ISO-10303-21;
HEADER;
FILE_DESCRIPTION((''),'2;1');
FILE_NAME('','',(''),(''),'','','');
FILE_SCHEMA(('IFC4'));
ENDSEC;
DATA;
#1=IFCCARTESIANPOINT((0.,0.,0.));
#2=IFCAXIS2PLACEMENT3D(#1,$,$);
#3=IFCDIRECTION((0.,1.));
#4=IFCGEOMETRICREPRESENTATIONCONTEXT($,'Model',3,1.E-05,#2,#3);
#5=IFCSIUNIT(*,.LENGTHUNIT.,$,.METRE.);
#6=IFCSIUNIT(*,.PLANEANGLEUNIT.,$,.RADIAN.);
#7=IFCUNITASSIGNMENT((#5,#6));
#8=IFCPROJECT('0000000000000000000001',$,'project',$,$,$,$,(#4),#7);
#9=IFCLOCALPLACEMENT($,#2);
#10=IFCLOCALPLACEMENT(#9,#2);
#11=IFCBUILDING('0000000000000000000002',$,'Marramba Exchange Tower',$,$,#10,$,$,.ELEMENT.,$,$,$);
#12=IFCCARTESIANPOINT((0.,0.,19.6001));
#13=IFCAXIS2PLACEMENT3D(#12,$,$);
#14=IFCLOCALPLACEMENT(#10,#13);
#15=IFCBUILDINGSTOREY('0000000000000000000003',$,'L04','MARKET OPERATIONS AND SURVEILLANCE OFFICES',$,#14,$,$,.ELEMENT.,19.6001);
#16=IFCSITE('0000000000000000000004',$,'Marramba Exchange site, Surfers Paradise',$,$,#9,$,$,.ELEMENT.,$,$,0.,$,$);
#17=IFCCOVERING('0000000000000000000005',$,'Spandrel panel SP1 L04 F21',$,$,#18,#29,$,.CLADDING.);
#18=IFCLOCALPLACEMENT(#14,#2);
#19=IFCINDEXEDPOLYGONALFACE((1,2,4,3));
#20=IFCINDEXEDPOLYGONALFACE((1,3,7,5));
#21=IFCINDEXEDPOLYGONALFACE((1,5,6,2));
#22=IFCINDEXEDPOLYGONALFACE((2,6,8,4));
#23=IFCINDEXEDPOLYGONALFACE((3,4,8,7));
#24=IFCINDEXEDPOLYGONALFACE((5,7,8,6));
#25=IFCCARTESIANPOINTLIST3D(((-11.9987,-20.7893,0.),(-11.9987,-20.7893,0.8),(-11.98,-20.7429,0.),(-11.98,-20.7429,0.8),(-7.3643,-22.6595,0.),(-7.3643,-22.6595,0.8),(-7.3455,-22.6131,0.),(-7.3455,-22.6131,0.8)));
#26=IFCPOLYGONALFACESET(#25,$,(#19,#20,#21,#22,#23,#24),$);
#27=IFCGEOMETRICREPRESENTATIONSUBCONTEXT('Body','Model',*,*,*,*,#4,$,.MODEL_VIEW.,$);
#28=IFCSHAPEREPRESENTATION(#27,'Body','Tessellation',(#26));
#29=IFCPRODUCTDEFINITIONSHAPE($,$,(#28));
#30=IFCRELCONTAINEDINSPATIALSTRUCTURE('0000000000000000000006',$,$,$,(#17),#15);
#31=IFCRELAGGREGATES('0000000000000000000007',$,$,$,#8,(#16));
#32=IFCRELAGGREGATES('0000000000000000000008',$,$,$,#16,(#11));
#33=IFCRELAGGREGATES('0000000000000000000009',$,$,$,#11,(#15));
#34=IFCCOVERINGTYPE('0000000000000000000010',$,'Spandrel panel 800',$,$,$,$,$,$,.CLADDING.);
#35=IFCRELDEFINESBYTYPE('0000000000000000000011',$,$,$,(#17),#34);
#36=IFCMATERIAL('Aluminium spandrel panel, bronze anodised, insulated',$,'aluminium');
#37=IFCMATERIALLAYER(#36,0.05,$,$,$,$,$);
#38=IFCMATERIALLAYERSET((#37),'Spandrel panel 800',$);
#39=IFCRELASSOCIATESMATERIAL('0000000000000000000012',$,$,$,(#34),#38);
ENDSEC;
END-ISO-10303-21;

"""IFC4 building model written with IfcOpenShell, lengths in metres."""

from ifc_helpers import new_model, si_unit, direction, frame, origin, origin_2d, place, context, subcontext, project, spatial, rectangle, extrude, material, layer, layer_set, type_object, element, save


model = new_model("IFC4")

# Units and contexts
model_context = context("Model", 3, precision=1e-05, world=origin(), true_north=direction((0.0, 1.0)))
body_context = subcontext(model_context, "Body", "Model", "MODEL_VIEW")
ifc_project = project(units=[si_unit("LENGTHUNIT", "METRE"), si_unit("PLANEANGLEUNIT", "RADIAN")], contexts=[model_context])

# Site, building, storey
site_placement = place(None, origin())
site = spatial("IfcSite", under=ifc_project, at=site_placement, Name="Marramba Exchange site, Surfers Paradise", CompositionType="ELEMENT", RefElevation=0.0)
building_placement = place(site_placement, origin())
building = spatial("IfcBuilding", under=site, at=building_placement, Name="Marramba Exchange Tower", CompositionType="ELEMENT")
storey_placement = place(building_placement, frame((0.0, 0.0, 19.6001)))
storey = spatial("IfcBuildingStorey", under=building, at=storey_placement, Name="L04", Description="MARKET OPERATIONS AND SURVEILLANCE OFFICES", CompositionType="ELEMENT", Elevation=19.6001)

# Covering
ifc_material_1 = material(Name="Aluminium spandrel panel, bronze anodised, insulated", Category="aluminium")
ifc_layer_1 = layer(ifc_material_1, 0.05)
ifc_layer_set_1 = layer_set([ifc_layer_1], Name="Spandrel panel 800")
covering_type = type_object("IfcCoveringType", Name="Spandrel panel 800", PredefinedType="CLADDING", material=ifc_layer_set_1)
covering_placement = place(storey_placement, frame((-9.6721, -21.7012, 0.0), z_axis=(0.0, 0.0, 1.0), x_axis=(0.927341, -0.374218, 0.0)))
element("IfcCovering", 1, at=covering_placement, inside=storey, type_object=covering_type, Name="Spandrel panel SP1 L04 F21", PredefinedType="CLADDING", context=body_context, shape_type="SweptSolid", body=[
    extrude(rectangle(XDim=4.9976, YDim=0.05, at=origin_2d()), origin(), (0.0, 0.0, 1.0), 0.8),
])

save(model, "model.ifc")
